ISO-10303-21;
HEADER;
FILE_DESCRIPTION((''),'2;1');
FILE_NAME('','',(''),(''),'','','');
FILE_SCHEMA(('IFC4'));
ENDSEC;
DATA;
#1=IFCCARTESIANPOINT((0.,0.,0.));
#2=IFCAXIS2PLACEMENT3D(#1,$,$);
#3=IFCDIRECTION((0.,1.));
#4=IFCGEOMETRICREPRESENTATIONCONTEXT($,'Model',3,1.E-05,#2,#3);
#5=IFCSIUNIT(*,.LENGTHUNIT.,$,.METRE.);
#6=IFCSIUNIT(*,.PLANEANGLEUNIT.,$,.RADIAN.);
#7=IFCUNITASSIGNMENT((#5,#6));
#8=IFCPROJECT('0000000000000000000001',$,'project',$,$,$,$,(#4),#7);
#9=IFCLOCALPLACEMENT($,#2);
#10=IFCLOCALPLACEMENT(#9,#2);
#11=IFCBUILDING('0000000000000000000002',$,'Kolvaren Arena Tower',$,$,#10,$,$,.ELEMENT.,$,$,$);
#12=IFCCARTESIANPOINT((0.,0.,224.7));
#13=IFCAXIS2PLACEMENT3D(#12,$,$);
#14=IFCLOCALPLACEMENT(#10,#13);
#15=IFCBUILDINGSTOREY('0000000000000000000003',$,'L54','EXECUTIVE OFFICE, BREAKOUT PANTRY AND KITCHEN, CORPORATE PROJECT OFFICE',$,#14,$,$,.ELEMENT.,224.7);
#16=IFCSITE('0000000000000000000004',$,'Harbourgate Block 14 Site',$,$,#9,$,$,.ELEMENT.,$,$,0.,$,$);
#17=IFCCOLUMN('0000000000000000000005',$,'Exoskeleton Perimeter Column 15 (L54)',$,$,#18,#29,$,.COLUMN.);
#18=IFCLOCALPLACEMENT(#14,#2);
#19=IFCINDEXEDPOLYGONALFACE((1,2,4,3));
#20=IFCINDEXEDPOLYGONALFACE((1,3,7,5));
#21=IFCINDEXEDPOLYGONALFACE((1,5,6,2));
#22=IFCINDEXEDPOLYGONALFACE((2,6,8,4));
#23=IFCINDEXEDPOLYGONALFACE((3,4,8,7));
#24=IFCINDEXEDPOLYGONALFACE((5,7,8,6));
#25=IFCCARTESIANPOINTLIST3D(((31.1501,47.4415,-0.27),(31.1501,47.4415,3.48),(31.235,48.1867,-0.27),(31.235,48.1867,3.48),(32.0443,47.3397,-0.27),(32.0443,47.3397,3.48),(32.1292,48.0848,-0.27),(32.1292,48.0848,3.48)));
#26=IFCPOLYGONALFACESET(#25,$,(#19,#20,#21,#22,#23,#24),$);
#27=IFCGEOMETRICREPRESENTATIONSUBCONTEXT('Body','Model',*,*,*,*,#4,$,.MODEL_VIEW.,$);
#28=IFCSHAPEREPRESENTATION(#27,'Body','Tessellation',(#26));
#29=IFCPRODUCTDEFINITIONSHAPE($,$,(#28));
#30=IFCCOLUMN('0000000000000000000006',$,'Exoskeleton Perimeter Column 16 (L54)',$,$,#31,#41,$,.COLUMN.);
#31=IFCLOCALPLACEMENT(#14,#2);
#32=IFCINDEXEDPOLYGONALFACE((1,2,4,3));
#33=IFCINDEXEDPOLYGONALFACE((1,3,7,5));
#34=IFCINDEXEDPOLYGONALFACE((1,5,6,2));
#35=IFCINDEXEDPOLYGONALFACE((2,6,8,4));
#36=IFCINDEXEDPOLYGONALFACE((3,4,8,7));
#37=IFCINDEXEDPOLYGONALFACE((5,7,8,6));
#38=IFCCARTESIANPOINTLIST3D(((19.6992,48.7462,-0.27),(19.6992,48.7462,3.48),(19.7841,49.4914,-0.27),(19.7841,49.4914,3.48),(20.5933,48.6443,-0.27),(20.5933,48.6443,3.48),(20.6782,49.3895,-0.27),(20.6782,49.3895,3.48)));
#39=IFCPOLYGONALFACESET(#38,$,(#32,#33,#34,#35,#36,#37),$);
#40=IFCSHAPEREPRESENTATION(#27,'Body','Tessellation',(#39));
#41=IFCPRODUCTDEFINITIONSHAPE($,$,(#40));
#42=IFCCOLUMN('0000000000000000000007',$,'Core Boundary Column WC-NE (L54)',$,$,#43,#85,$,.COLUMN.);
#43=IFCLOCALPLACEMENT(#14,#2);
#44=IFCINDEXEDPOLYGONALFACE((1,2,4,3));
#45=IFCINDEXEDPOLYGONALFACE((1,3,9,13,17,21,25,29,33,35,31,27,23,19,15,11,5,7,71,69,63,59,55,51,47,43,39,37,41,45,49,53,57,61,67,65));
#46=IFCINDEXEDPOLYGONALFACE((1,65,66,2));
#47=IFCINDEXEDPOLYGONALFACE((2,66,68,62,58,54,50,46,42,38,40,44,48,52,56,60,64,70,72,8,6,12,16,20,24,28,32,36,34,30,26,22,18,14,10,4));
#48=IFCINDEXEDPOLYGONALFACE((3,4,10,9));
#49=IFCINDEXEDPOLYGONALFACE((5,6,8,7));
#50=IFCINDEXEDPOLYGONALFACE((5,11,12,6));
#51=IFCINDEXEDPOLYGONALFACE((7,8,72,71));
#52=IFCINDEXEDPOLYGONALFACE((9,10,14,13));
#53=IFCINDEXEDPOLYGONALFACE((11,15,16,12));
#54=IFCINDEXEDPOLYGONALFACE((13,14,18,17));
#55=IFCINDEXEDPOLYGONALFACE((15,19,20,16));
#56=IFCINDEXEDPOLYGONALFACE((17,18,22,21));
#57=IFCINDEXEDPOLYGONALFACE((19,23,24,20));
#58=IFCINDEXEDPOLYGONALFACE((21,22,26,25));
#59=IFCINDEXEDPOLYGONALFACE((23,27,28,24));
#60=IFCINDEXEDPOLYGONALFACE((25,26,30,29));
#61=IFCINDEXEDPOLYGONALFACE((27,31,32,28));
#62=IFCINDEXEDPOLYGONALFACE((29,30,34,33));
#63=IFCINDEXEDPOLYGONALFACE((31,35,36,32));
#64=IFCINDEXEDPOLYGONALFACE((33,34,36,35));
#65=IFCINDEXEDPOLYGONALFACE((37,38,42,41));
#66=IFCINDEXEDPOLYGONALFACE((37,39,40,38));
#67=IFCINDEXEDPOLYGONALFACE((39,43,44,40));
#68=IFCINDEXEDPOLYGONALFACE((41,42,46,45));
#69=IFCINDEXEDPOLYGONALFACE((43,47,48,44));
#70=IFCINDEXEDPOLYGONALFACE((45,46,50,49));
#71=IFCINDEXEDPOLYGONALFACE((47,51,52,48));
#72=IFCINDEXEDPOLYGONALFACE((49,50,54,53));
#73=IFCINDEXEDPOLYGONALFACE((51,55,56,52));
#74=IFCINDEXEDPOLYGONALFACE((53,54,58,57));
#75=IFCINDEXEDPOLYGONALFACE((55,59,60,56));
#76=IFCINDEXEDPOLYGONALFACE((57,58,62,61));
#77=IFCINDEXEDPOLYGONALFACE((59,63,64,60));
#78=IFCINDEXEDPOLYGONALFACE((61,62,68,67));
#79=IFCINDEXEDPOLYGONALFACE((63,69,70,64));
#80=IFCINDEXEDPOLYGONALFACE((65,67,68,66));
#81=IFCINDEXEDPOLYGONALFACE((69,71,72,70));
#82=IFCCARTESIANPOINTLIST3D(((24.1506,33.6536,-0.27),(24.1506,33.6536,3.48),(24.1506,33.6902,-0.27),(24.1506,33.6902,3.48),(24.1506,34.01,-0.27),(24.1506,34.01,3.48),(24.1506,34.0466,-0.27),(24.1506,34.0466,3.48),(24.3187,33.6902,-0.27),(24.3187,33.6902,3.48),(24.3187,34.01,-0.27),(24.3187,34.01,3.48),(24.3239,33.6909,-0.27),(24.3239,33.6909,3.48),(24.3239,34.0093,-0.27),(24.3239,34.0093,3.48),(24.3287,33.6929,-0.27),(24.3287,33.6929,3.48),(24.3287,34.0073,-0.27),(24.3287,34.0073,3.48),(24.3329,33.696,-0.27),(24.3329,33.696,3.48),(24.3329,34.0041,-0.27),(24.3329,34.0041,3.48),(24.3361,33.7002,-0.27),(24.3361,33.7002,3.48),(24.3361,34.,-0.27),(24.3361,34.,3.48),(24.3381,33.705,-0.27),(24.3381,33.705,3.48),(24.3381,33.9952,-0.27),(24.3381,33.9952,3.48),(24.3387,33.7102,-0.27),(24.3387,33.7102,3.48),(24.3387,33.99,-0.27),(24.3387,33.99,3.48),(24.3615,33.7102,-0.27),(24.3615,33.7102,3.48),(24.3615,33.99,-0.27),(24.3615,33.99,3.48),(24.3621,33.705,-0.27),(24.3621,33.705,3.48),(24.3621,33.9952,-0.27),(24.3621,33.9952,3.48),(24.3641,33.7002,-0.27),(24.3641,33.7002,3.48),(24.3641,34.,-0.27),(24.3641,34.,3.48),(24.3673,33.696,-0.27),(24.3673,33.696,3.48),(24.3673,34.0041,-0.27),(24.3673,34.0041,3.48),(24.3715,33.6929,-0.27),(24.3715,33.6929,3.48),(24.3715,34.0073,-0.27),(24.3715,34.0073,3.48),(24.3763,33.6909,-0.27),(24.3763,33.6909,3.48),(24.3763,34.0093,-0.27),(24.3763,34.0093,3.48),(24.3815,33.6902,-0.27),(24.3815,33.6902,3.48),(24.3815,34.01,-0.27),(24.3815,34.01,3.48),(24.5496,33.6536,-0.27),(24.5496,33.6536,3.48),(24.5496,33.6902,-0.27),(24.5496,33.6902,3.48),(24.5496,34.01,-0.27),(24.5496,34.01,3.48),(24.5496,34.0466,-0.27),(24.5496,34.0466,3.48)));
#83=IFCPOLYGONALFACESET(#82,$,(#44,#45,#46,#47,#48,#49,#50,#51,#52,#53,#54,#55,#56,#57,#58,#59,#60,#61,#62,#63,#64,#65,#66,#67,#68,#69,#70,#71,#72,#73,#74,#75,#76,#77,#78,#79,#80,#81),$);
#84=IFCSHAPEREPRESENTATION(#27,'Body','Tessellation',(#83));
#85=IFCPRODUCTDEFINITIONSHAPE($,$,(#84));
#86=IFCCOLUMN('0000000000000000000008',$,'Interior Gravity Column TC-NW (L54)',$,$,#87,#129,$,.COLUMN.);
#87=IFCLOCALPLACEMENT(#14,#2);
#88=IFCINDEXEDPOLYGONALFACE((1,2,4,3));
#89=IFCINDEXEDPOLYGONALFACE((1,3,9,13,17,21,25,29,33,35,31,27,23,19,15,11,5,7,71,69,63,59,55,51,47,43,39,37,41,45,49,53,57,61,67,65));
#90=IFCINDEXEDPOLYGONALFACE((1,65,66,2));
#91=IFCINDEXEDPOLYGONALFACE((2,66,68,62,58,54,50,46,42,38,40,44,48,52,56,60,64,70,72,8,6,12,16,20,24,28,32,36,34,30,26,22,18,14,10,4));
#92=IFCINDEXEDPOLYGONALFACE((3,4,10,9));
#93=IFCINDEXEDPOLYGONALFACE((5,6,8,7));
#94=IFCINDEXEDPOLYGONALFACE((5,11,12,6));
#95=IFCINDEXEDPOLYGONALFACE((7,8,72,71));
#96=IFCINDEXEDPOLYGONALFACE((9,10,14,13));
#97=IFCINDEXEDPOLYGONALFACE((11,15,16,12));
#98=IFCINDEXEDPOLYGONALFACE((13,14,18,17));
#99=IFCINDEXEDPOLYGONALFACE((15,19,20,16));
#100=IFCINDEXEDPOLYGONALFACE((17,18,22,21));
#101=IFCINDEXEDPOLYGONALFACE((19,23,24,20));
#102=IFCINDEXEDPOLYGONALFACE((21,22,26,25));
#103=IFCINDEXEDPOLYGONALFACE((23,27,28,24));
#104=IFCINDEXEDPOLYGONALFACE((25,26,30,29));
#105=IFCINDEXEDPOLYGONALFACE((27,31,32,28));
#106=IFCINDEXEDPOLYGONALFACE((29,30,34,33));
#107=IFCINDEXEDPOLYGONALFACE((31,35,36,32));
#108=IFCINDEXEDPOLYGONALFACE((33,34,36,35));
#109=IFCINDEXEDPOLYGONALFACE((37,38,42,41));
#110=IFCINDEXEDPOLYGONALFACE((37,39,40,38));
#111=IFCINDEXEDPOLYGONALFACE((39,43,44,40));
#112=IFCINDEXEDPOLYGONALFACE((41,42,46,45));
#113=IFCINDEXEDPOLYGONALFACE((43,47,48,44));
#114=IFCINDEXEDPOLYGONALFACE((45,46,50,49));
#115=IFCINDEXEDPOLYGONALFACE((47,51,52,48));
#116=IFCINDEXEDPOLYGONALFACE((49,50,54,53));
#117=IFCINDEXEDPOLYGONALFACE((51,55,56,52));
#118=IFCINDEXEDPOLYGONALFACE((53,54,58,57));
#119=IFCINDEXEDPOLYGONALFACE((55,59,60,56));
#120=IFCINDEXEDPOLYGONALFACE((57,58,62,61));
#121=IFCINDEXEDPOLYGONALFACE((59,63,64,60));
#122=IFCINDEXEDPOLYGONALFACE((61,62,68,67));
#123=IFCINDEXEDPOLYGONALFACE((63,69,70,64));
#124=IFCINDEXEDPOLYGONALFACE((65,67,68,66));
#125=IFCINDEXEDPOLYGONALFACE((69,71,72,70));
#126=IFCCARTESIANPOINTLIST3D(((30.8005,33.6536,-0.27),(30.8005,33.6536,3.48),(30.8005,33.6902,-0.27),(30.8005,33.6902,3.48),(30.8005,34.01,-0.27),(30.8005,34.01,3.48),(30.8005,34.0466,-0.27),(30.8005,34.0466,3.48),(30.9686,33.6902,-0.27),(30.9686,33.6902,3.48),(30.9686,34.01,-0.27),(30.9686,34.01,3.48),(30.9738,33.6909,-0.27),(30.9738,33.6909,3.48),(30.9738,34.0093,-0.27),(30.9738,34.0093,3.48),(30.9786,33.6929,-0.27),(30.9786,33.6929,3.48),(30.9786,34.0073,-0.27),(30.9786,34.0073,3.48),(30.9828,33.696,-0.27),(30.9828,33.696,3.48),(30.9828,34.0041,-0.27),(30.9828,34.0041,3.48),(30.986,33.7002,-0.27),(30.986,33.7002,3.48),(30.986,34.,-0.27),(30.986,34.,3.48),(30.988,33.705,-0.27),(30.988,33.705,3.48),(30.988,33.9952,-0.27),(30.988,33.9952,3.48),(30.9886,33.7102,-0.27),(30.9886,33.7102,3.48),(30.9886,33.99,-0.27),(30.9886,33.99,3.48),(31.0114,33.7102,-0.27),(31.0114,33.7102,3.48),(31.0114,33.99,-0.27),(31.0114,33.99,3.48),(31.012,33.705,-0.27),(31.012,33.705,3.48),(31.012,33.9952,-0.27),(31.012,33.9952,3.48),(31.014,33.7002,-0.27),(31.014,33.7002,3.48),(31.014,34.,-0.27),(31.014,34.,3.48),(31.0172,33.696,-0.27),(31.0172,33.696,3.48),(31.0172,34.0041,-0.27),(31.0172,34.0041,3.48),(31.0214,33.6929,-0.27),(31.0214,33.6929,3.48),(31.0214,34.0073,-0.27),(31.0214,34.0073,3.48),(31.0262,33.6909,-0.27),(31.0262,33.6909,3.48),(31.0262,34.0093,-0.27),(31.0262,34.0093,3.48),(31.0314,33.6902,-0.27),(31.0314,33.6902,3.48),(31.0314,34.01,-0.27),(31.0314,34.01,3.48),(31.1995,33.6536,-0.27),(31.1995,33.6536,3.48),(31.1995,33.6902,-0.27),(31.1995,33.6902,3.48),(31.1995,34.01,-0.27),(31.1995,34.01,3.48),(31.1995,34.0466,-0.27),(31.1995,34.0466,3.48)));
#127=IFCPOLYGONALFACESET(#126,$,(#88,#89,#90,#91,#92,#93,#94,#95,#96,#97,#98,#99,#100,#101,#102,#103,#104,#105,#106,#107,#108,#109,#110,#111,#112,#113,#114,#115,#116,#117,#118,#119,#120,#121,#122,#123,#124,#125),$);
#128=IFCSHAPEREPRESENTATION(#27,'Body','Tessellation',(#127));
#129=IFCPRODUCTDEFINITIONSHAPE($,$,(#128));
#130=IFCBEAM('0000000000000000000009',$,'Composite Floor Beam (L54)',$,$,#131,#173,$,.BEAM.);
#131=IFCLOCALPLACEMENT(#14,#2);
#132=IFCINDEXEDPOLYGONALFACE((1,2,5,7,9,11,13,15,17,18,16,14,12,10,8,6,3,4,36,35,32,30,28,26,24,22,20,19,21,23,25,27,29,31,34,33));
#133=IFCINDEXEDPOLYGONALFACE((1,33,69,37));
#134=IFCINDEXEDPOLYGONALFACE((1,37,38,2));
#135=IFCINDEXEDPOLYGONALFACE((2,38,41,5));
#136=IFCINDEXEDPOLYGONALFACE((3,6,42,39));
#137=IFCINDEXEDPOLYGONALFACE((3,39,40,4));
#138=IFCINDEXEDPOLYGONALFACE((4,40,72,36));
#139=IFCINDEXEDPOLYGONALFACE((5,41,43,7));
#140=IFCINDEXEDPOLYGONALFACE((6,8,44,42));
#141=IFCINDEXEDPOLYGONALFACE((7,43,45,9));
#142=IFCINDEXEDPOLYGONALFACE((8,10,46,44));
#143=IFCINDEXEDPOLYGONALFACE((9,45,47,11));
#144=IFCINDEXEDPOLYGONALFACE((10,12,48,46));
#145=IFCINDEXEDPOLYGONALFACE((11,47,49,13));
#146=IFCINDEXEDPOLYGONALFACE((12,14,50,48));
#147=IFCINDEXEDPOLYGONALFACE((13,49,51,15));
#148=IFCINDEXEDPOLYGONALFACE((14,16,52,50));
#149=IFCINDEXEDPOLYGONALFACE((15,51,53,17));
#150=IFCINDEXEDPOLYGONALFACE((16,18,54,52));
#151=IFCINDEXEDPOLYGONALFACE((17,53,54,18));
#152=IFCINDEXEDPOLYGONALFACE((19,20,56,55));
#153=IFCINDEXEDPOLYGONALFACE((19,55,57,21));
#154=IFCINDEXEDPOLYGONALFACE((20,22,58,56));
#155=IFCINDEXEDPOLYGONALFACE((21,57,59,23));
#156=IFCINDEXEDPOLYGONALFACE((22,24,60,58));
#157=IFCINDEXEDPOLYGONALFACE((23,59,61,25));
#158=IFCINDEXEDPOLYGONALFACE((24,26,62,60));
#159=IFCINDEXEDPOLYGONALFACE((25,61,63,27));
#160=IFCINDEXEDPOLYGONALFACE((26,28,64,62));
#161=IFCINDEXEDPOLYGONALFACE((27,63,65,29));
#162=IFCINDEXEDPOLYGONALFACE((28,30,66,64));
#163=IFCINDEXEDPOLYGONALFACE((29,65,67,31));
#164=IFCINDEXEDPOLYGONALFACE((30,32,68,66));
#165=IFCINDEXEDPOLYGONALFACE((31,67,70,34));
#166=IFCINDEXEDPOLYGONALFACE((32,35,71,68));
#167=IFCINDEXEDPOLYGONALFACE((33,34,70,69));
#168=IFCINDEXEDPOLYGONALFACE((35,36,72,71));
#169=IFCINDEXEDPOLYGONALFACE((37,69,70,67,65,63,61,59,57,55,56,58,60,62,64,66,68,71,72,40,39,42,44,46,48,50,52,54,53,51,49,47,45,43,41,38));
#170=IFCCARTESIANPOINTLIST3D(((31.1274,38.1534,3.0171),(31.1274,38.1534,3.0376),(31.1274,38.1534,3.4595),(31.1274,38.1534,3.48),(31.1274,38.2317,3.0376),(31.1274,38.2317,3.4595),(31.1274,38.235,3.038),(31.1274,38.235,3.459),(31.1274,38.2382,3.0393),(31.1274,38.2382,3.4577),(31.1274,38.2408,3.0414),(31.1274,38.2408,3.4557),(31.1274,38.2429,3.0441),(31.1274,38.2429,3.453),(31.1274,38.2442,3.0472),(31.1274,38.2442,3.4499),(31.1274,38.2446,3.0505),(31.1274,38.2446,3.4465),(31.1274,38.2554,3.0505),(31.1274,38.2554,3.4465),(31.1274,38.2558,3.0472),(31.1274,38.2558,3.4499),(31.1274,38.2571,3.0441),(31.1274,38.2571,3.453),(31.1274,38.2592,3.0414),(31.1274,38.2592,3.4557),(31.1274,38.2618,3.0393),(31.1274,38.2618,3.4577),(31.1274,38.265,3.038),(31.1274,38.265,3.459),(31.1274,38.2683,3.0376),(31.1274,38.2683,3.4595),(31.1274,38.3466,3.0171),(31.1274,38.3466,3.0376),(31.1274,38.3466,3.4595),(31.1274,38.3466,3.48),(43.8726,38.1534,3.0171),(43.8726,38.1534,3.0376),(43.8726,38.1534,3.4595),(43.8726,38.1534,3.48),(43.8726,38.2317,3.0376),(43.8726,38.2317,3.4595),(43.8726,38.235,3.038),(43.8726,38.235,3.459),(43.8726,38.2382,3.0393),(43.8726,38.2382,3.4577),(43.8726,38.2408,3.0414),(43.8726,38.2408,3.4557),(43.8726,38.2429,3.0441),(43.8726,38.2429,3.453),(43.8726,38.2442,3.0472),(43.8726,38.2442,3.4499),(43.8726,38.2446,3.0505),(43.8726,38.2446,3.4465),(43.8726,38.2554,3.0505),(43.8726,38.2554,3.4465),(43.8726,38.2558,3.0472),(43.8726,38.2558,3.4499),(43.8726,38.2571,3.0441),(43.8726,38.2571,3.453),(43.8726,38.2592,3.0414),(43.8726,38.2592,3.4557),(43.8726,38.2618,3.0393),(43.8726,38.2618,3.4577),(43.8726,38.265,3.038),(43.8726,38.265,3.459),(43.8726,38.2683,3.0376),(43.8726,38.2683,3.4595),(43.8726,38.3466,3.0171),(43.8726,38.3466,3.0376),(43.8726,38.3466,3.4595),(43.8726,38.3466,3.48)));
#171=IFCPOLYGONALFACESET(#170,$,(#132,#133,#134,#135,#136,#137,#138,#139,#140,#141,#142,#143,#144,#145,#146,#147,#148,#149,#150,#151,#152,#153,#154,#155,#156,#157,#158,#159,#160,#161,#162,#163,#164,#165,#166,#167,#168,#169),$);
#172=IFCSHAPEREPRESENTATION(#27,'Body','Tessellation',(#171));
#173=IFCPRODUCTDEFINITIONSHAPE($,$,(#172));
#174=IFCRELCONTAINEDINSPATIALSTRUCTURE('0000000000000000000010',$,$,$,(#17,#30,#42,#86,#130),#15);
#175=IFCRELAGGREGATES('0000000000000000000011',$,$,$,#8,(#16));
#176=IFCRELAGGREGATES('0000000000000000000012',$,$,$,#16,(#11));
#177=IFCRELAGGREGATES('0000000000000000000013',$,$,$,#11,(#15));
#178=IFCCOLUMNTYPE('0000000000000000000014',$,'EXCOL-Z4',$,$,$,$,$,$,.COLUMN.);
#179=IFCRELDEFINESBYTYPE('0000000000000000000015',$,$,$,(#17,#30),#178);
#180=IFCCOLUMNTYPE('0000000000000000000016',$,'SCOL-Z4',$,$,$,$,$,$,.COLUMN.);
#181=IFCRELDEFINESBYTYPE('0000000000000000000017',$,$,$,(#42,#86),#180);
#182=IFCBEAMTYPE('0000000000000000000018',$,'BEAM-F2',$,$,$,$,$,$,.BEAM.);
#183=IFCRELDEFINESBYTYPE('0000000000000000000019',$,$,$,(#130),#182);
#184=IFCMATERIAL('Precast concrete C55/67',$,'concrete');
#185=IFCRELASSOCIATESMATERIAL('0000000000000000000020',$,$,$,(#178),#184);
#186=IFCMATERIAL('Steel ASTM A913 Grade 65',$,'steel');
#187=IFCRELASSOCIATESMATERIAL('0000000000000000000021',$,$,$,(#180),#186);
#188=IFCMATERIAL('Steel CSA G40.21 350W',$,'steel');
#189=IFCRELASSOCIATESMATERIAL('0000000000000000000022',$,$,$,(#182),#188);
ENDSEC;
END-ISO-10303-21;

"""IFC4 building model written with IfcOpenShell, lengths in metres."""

from ifc_helpers import new_model, si_unit, direction, frame, origin, origin_2d, place, context, subcontext, project, spatial, rectangle, i_section, extrude, material, material_profile, profile_set, type_object, element, save


model = new_model("IFC4")

# Units and contexts
model_context = context("Model", 3, precision=1e-05, world=origin(), true_north=direction((0.0, 1.0)))
body_context = subcontext(model_context, "Body", "Model", "MODEL_VIEW")
ifc_project = project(units=[si_unit("LENGTHUNIT", "METRE"), si_unit("PLANEANGLEUNIT", "RADIAN")], contexts=[model_context])

# Site, building, storey
site_placement = place(None, origin())
site = spatial("IfcSite", under=ifc_project, at=site_placement, Name="Harbourgate Block 14 Site", CompositionType="ELEMENT", RefElevation=0.0)
building_placement = place(site_placement, origin())
building = spatial("IfcBuilding", under=site, at=building_placement, Name="Kolvaren Arena Tower", CompositionType="ELEMENT")
storey_placement = place(building_placement, frame((0.0, 0.0, 224.7)))
storey = spatial("IfcBuildingStorey", under=building, at=storey_placement, Name="L54", Description="EXECUTIVE OFFICE, BREAKOUT PANTRY AND KITCHEN, CORPORATE PROJECT OFFICE", CompositionType="ELEMENT", Elevation=224.7)

# Columns
ifc_material_1 = material(Name="Precast concrete C55/67", Category="concrete")
ifc_material_profile_1 = material_profile(ifc_material_1, rectangle(XDim=0.8999, YDim=0.75, at=origin_2d()), Name="RC-900x750")
ifc_profile_set_1 = profile_set([ifc_material_profile_1], Name="Precast concrete C55/67")
column_type_1 = type_object("IfcColumnType", Name="EXCOL-Z4", PredefinedType="COLUMN", material=ifc_profile_set_1)
for number, where, z_axis, x_axis, name in (
    (1, (31.6396, 47.7632, -0.27), (0.0, 0.0, 1.0), (0.993572, -0.113203, 0.0), "Exoskeleton Perimeter Column 15 (L54)"),
    (2, (20.1887, 49.0679, -0.27), (0.0, 0.0, 1.0), (0.993572, -0.113203, 0.0), "Exoskeleton Perimeter Column 16 (L54)"),
):
    element("IfcColumn", number, at=place(storey_placement, frame(where, z_axis=z_axis, x_axis=x_axis)), inside=storey, type_object=column_type_1, Name=name, PredefinedType="COLUMN", context=body_context, shape_type="SweptSolid", body=[
        extrude(rectangle(XDim=0.8999, YDim=0.75, at=origin_2d()), origin(), (0.0, 0.0, 1.0), 3.75),
    ])
ifc_material_2 = material(Name="Steel ASTM A913 Grade 65", Category="steel")
ifc_material_profile_2 = material_profile(ifc_material_2, i_section(OverallWidth=0.3989, OverallDepth=0.3931, WebThickness=0.0227, FlangeThickness=0.0366, FilletRadius=0.02, at=origin_2d()), Name="W360x287")
ifc_profile_set_2 = profile_set([ifc_material_profile_2], Name="Steel ASTM A913 Grade 65")
column_type_2 = type_object("IfcColumnType", Name="SCOL-Z4", PredefinedType="COLUMN", material=ifc_profile_set_2)
for number, where, z_axis, x_axis, name in (
    (3, (24.3501, 33.8501, -0.27), (0.0, 0.0, 1.0), (1.0, 0.0, 0.0), "Core Boundary Column WC-NE (L54)"),
    (4, (31.0, 33.8501, -0.27), (0.0, 0.0, 1.0), (1.0, 0.0, 0.0), "Interior Gravity Column TC-NW (L54)"),
):
    element("IfcColumn", number, at=place(storey_placement, frame(where, z_axis=z_axis, x_axis=x_axis)), inside=storey, type_object=column_type_2, Name=name, PredefinedType="COLUMN", context=body_context, shape_type="SweptSolid", body=[
        extrude(i_section(OverallWidth=0.3989, OverallDepth=0.3931, WebThickness=0.0227, FlangeThickness=0.0366, FilletRadius=0.02, at=origin_2d()), origin(), (0.0, 0.0, 1.0), 3.75),
    ])

# Beam
ifc_material_3 = material(Name="Steel CSA G40.21 350W", Category="steel")
ifc_material_profile_3 = material_profile(ifc_material_3, i_section(OverallWidth=0.1931, OverallDepth=0.4629, WebThickness=0.0107, FlangeThickness=0.0205, FilletRadius=0.0129, at=origin_2d()), Name="W460x113")
ifc_profile_set_3 = profile_set([ifc_material_profile_3], Name="Steel CSA G40.21 350W")
beam_type_1 = type_object("IfcBeamType", Name="BEAM-F2", PredefinedType="BEAM", material=ifc_profile_set_3)
beam_1_placement = place(storey_placement, frame((31.1274, 38.25, 3.2485), z_axis=(1.0, 0.0, 0.0), x_axis=(0.0, 1.0, 0.0)))
element("IfcBeam", 5, at=beam_1_placement, inside=storey, type_object=beam_type_1, Name="Composite Floor Beam (L54)", PredefinedType="BEAM", context=body_context, shape_type="SweptSolid", body=[
    extrude(i_section(OverallWidth=0.1931, OverallDepth=0.4629, WebThickness=0.0107, FlangeThickness=0.0205, FilletRadius=0.0129, at=origin_2d()), origin(), (0.0, 0.0, 1.0), 12.7451),
])

save(model, "model.ifc")
